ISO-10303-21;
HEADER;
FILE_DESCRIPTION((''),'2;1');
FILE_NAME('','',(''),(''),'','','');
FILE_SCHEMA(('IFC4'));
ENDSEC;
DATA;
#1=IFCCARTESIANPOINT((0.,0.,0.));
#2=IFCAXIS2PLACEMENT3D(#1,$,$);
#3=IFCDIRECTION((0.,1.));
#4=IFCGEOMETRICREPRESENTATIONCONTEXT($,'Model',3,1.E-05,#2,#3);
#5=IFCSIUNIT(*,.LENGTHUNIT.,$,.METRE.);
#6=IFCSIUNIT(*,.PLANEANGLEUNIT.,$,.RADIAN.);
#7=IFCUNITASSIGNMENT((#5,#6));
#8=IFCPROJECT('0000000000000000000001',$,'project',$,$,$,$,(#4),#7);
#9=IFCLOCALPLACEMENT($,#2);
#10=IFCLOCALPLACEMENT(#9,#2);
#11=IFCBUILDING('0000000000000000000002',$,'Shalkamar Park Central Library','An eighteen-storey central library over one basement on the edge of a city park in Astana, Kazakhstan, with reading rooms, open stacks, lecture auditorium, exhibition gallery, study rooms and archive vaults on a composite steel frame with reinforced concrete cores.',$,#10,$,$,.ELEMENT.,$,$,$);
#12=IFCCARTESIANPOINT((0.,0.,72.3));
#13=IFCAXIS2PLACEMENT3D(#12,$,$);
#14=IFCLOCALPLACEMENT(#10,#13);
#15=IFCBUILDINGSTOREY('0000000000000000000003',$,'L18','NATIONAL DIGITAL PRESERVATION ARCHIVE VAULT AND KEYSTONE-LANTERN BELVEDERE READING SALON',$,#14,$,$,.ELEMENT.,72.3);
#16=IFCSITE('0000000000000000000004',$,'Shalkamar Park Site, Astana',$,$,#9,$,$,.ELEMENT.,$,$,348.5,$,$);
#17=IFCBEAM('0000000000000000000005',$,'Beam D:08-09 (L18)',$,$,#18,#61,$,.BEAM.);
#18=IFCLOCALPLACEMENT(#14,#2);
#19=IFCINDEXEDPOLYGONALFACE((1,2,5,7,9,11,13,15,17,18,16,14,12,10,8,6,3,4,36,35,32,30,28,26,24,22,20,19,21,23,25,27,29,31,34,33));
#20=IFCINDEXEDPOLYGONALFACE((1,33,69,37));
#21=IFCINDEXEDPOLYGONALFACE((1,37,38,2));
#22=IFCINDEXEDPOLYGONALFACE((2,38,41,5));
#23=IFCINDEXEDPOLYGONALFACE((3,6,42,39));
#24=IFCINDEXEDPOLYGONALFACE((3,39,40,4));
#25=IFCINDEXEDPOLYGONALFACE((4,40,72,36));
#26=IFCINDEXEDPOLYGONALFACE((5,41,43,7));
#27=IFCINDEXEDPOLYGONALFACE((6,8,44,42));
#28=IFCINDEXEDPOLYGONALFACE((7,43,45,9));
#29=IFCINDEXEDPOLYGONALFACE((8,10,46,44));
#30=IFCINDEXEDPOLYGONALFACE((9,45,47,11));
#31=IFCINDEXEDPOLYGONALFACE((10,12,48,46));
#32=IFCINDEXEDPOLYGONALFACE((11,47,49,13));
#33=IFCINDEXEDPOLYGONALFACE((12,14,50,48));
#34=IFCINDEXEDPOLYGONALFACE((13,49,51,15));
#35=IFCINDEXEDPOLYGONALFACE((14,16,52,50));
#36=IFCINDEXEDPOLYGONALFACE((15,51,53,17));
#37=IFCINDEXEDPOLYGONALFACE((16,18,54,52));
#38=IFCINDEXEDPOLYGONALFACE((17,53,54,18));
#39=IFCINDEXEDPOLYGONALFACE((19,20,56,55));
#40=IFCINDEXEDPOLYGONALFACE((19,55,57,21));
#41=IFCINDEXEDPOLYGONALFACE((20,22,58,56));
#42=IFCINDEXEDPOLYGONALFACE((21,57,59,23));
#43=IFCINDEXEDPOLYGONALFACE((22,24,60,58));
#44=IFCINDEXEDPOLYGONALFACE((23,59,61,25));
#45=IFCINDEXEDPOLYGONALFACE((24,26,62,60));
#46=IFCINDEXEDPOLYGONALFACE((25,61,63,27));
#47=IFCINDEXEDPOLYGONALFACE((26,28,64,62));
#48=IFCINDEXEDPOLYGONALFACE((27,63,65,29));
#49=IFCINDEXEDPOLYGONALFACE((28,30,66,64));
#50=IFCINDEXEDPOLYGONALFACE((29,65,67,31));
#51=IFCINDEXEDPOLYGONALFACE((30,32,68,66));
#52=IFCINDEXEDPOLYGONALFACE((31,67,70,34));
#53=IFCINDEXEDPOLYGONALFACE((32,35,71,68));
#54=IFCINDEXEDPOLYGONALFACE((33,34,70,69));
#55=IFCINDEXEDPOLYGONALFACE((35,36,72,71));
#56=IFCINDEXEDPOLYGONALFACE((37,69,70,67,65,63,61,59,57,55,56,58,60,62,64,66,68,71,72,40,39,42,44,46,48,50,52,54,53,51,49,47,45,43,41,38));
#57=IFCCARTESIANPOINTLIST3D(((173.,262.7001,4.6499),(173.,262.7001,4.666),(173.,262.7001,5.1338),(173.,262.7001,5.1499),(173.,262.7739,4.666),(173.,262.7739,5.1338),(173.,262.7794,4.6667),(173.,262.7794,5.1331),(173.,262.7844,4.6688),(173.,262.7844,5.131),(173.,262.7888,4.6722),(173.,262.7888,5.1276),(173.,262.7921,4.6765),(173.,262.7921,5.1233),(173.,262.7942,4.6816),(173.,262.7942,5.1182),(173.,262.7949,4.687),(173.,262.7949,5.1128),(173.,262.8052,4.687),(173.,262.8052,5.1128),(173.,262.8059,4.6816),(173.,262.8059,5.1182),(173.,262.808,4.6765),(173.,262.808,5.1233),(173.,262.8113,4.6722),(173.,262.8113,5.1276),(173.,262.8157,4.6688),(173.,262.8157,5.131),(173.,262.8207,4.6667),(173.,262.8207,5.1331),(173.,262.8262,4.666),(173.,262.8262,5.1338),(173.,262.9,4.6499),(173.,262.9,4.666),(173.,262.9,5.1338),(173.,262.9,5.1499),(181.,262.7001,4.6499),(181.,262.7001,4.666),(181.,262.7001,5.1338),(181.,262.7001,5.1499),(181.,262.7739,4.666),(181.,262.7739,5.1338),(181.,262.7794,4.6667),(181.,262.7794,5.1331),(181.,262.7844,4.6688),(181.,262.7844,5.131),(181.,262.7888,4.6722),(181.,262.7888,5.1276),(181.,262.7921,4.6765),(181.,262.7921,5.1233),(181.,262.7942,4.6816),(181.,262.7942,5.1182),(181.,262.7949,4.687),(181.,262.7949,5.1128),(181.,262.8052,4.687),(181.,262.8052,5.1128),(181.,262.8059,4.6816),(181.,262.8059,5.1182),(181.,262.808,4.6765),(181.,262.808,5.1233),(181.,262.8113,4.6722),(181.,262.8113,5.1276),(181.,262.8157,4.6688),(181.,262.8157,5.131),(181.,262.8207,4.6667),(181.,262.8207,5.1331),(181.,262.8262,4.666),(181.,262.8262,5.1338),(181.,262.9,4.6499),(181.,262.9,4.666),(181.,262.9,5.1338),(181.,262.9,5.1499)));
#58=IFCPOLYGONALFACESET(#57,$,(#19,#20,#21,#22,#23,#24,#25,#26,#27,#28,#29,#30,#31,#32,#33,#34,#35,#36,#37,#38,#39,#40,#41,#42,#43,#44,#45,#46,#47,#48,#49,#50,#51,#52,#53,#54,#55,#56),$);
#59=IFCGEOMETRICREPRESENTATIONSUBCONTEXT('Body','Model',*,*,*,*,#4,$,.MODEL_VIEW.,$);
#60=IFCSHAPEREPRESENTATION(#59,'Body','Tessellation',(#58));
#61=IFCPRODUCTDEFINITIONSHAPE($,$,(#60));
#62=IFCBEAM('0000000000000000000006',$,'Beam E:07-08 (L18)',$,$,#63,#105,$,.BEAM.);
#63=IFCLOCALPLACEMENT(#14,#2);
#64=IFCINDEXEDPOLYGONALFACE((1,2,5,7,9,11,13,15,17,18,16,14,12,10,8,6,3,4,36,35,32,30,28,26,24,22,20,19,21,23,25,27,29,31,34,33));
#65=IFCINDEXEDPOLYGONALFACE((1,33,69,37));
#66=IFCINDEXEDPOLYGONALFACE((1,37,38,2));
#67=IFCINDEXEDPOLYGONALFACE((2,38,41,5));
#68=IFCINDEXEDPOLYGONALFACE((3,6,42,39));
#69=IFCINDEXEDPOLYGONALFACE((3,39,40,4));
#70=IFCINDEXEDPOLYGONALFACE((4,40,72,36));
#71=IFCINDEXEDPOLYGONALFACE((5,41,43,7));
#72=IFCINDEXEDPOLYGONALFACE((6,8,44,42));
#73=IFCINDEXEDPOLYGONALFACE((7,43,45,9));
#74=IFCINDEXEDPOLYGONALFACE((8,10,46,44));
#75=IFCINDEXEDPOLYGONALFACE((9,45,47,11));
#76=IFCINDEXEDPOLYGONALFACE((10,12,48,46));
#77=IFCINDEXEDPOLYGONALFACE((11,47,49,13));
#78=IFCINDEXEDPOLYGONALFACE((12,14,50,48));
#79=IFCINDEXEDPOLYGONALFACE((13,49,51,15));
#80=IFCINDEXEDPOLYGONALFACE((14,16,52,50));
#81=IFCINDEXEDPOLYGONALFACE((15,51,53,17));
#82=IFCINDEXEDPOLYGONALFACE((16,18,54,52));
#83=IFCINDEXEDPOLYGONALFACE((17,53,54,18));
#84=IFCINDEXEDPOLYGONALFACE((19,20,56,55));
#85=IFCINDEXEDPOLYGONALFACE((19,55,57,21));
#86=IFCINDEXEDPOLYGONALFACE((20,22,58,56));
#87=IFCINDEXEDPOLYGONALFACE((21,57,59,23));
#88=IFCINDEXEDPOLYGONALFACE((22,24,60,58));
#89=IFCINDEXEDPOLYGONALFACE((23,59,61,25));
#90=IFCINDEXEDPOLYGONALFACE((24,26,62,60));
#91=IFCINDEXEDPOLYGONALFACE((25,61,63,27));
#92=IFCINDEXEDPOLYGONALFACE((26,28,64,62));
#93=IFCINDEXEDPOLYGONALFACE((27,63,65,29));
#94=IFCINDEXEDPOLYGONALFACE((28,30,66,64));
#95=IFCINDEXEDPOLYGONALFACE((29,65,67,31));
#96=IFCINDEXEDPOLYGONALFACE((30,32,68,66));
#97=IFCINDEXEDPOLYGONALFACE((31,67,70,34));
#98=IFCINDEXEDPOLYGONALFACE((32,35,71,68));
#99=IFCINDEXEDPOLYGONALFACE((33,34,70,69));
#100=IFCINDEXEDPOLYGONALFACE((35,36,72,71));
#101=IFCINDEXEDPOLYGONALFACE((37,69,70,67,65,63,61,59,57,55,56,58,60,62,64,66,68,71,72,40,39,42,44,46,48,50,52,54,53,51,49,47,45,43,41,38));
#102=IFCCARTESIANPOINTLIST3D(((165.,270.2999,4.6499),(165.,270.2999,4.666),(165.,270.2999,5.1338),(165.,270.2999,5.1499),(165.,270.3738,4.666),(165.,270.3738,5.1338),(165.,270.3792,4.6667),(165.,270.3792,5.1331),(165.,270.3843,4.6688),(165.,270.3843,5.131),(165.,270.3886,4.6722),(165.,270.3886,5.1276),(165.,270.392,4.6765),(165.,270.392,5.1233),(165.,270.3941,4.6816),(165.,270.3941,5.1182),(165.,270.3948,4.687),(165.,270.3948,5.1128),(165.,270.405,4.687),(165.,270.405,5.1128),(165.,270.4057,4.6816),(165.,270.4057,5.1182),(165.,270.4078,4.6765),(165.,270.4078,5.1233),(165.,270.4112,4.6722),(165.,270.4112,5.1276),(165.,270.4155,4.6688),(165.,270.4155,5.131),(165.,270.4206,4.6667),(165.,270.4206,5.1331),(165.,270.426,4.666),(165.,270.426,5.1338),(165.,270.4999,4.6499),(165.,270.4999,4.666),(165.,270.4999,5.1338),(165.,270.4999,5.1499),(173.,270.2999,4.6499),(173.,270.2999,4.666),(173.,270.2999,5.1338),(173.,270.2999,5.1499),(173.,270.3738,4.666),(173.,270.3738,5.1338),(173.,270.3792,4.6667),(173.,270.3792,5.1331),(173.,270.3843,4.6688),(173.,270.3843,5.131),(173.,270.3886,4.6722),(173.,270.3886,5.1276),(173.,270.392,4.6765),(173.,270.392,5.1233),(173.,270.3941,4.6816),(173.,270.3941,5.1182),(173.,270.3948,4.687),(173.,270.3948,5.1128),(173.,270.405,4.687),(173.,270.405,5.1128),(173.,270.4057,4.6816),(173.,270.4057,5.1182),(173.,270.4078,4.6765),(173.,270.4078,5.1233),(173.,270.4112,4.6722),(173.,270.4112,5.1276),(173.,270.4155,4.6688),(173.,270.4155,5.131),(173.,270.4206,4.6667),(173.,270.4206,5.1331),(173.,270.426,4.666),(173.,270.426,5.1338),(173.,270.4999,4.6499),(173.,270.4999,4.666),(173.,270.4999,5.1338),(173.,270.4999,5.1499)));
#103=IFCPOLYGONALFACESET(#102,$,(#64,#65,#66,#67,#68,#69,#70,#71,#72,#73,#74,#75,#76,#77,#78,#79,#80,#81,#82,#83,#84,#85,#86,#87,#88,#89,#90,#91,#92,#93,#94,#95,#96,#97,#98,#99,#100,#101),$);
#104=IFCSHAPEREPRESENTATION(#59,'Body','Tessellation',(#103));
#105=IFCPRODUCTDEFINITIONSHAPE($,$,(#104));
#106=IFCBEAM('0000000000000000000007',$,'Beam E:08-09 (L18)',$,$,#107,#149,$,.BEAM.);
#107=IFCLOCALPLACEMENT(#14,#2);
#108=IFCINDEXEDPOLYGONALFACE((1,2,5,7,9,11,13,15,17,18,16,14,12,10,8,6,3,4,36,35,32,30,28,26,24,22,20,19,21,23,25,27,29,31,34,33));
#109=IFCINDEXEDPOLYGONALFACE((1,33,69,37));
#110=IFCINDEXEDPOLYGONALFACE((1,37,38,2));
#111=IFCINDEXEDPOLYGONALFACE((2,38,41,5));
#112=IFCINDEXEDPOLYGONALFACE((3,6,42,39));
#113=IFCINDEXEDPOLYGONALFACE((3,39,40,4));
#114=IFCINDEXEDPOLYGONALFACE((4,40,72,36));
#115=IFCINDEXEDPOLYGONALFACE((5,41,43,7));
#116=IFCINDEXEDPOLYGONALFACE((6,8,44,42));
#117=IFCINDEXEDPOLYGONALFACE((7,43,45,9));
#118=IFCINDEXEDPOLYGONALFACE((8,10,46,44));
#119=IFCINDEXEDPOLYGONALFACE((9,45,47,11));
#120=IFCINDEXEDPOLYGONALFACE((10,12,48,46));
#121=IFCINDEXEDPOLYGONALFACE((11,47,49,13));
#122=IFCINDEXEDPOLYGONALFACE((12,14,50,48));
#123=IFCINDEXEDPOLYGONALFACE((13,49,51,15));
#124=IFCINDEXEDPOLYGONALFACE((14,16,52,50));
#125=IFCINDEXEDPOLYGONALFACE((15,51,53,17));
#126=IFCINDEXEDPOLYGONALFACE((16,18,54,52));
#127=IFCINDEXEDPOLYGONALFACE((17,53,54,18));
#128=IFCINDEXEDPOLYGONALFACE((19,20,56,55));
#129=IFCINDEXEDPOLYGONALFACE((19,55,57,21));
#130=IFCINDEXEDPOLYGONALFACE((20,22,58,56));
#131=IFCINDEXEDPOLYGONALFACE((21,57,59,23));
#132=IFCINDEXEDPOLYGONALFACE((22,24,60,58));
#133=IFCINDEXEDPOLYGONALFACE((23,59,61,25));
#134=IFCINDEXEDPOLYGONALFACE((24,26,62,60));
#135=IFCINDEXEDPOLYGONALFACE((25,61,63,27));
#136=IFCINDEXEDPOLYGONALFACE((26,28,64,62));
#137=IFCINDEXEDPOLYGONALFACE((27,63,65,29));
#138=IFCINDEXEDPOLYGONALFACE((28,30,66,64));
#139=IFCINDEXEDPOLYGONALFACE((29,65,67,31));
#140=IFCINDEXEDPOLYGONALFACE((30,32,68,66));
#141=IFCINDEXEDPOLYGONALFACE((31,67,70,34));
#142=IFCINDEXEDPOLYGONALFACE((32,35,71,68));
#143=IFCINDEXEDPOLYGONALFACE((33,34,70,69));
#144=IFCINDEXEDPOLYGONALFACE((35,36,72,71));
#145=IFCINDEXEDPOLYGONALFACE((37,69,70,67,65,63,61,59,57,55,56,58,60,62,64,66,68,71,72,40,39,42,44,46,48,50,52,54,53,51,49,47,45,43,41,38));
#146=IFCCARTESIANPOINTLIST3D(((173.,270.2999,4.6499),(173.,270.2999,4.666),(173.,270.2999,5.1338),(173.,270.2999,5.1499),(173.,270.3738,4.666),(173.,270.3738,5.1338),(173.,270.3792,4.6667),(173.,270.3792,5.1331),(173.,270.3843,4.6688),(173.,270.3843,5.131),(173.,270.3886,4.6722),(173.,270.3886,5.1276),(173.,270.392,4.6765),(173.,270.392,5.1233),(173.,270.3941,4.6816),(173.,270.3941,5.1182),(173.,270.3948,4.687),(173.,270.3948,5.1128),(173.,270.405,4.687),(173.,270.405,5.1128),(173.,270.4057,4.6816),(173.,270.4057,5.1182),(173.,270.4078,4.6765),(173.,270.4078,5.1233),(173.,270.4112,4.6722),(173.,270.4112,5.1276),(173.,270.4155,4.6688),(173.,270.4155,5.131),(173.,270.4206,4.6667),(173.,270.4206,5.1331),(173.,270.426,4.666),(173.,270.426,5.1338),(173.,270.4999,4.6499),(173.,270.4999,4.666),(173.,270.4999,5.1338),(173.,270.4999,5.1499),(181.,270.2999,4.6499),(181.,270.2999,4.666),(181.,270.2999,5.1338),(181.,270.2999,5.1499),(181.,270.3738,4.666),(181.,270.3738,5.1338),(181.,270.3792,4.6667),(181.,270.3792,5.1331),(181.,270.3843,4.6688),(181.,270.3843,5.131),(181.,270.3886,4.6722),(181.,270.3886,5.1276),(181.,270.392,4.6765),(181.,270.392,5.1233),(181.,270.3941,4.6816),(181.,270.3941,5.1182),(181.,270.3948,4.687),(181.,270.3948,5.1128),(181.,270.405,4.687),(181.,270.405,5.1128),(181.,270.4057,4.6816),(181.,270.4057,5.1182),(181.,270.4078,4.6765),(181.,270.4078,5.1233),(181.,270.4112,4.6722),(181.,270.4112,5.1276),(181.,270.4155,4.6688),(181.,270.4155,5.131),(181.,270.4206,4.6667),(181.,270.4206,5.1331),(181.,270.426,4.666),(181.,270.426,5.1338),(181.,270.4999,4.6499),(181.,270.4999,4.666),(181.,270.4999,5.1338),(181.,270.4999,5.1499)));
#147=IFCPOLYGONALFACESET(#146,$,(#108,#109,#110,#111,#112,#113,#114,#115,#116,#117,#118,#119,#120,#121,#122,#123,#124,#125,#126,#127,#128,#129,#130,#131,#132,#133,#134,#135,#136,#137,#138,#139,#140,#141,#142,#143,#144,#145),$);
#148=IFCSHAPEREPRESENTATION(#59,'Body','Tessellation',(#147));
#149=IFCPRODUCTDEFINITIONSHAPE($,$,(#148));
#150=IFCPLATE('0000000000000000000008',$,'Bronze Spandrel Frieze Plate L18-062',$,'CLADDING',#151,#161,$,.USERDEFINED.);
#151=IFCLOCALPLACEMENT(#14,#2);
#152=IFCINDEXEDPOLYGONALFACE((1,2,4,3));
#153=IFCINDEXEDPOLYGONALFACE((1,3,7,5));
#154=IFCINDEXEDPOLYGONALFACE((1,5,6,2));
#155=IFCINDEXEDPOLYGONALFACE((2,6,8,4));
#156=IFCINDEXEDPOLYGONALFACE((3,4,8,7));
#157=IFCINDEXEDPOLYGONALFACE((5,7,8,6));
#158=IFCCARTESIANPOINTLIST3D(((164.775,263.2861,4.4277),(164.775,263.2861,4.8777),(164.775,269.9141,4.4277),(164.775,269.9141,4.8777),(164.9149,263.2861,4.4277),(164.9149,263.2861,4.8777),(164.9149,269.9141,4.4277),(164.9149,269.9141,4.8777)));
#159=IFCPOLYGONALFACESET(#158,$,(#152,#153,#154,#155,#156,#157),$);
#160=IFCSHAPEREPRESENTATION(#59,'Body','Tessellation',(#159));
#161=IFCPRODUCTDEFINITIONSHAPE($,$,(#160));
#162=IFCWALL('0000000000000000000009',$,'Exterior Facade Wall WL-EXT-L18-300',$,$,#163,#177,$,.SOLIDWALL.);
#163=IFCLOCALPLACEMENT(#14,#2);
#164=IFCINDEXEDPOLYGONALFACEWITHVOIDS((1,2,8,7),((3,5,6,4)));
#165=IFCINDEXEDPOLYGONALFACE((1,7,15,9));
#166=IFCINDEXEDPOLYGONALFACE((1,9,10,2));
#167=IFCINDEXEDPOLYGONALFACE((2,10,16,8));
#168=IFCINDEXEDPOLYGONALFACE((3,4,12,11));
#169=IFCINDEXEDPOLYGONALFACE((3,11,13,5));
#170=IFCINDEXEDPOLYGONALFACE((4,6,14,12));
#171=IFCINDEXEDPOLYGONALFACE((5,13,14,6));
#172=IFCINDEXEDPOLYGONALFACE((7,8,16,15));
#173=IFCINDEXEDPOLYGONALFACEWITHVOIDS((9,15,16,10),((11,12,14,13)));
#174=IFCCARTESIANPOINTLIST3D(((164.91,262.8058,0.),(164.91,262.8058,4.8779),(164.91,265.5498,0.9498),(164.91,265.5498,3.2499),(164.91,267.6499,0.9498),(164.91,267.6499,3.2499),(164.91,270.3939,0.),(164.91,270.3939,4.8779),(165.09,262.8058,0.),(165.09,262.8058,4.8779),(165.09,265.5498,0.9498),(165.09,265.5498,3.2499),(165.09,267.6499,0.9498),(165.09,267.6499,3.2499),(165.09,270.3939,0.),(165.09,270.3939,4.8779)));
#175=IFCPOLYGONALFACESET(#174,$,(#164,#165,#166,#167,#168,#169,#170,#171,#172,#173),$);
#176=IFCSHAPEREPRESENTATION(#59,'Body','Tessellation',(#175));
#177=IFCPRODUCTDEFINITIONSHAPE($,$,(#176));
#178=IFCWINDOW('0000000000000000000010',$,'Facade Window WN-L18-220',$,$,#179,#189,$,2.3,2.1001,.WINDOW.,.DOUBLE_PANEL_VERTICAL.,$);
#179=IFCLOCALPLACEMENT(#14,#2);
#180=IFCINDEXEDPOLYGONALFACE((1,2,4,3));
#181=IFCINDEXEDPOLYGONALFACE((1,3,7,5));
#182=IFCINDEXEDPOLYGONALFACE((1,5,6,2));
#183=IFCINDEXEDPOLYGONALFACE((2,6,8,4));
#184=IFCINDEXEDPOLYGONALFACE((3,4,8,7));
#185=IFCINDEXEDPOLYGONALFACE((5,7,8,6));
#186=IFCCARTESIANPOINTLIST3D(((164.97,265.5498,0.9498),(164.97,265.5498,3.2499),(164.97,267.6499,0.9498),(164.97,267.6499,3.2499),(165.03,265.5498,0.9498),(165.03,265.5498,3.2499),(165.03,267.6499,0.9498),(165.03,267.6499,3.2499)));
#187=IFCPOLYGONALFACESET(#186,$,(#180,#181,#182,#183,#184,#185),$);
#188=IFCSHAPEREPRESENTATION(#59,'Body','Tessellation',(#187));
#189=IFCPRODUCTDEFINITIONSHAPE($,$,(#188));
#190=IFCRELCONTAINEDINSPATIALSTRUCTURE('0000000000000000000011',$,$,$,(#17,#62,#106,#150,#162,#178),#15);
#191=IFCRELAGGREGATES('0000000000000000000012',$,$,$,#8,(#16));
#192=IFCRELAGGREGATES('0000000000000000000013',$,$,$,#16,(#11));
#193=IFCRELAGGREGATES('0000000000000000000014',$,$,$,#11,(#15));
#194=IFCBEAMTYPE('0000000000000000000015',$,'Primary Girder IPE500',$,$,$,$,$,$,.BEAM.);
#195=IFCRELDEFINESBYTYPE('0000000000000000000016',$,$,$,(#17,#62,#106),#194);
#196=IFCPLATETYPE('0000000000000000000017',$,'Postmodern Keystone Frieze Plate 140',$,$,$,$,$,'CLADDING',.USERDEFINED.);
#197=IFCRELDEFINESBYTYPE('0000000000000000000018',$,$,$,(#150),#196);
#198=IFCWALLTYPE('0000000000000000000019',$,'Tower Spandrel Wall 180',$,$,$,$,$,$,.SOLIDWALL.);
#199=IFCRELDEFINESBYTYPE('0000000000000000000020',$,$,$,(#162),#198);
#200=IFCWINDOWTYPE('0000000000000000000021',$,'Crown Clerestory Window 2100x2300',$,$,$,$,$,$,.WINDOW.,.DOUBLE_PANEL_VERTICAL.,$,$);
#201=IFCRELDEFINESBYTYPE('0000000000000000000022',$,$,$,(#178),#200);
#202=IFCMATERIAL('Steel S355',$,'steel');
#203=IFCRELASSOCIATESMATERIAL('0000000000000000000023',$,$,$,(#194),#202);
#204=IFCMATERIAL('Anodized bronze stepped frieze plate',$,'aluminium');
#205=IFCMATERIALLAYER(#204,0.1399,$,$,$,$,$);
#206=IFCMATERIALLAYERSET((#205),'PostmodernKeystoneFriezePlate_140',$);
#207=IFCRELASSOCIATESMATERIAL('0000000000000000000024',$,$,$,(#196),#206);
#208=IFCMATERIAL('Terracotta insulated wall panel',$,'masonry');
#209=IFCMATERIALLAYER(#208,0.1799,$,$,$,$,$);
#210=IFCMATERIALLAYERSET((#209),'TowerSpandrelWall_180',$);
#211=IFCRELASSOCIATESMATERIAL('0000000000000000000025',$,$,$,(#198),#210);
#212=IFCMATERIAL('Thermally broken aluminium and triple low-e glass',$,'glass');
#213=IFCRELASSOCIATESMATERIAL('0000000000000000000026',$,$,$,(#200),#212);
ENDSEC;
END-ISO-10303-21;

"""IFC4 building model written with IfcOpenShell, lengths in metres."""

from ifc_helpers import new_model, si_unit, direction, frame, frame_2d, origin, origin_2d, place, context, subcontext, project, spatial, rectangle, i_section, extrude, material, layer, layer_set, material_profile, profile_set, type_object, element, fill, save


model = new_model("IFC4")

# Units and contexts
model_context = context("Model", 3, precision=1e-05, world=origin(), true_north=direction((0.0, 1.0)))
body_context = subcontext(model_context, "Body", "Model", "MODEL_VIEW")
ifc_project = project(units=[si_unit("LENGTHUNIT", "METRE"), si_unit("PLANEANGLEUNIT", "RADIAN")], contexts=[model_context])

# Site, building, storey
site_placement = place(None, origin())
site = spatial("IfcSite", under=ifc_project, at=site_placement, Name="Shalkamar Park Site, Astana", CompositionType="ELEMENT", RefElevation=348.5)
building_placement = place(site_placement, origin())
building = spatial("IfcBuilding", under=site, at=building_placement, Name="Shalkamar Park Central Library", Description="An eighteen-storey central library over one basement on the edge of a city park in Astana, Kazakhstan, with reading rooms, open stacks, lecture auditorium, exhibition gallery, study rooms and archive vaults on a composite steel frame with reinforced concrete cores.", CompositionType="ELEMENT")
storey_placement = place(building_placement, frame((0.0, 0.0, 72.3)))
storey = spatial("IfcBuildingStorey", under=building, at=storey_placement, Name="L18", Description="NATIONAL DIGITAL PRESERVATION ARCHIVE VAULT AND KEYSTONE-LANTERN BELVEDERE READING SALON", CompositionType="ELEMENT", Elevation=72.3)

# Shared definitions
ifc_material_1 = material(Name="Steel S355", Category="steel")

# Beams
ifc_material_profile_1 = material_profile(ifc_material_1, i_section(OverallWidth=0.2, OverallDepth=0.5, WebThickness=0.0103, FlangeThickness=0.0161, FilletRadius=0.021, at=origin_2d()), Name="IPE 500")
ifc_profile_set_1 = profile_set([ifc_material_profile_1], Name="Steel S355")
beam_type_1 = type_object("IfcBeamType", Name="Primary Girder IPE500", PredefinedType="BEAM", material=ifc_profile_set_1)
for number, where, z_axis, x_axis, name in (
    (1, (173.0, 262.8, 4.8999), (1.0, 0.0, 0.0), (0.0, 1.0, 0.0), "Beam D:08-09 (L18)"),
    (2, (165.0, 270.3999, 4.8999), (1.0, 0.0, 0.0), (0.0, 1.0, 0.0), "Beam E:07-08 (L18)"),
    (3, (173.0, 270.3999, 4.8999), (1.0, 0.0, 0.0), (0.0, 1.0, 0.0), "Beam E:08-09 (L18)"),
):
    element("IfcBeam", number, at=place(storey_placement, frame(where, z_axis=z_axis, x_axis=x_axis)), inside=storey, type_object=beam_type_1, Name=name, PredefinedType="BEAM", context=body_context, shape_type="SweptSolid", body=[
        extrude(i_section(OverallWidth=0.2, OverallDepth=0.5, WebThickness=0.0103, FlangeThickness=0.0161, FilletRadius=0.021, at=origin_2d()), origin(), (0.0, 0.0, 1.0), 8.0),
    ])

# Plate
ifc_material_2 = material(Name="Anodized bronze stepped frieze plate", Category="aluminium")
ifc_layer_1 = layer(ifc_material_2, 0.1399)
ifc_layer_set_1 = layer_set([ifc_layer_1], Name="PostmodernKeystoneFriezePlate_140")
plate_type = type_object("IfcPlateType", Name="Postmodern Keystone Frieze Plate 140", ElementType="CLADDING", PredefinedType="USERDEFINED", material=ifc_layer_set_1)
plate_placement = place(storey_placement, frame((164.845, 266.6001, 4.4277), z_axis=(0.0, 0.0, 1.0), x_axis=(1.0, 0.0, 0.0)))
element("IfcPlate", 4, at=plate_placement, inside=storey, type_object=plate_type, Name="Bronze Spandrel Frieze Plate L18-062", ObjectType="CLADDING", PredefinedType="USERDEFINED", context=body_context, shape_type="SweptSolid", body=[
    extrude(rectangle(XDim=0.1399, YDim=6.6279, at=origin_2d()), origin(), (0.0, 0.0, 1.0), 0.45),
])

# Wall, opening, window
ifc_material_3 = material(Name="Terracotta insulated wall panel", Category="masonry")
ifc_layer_2 = layer(ifc_material_3, 0.1799)
ifc_layer_set_2 = layer_set([ifc_layer_2], Name="TowerSpandrelWall_180")
wall_type = type_object("IfcWallType", Name="Tower Spandrel Wall 180", PredefinedType="SOLIDWALL", material=ifc_layer_set_2)
wall_1_placement = place(storey_placement, frame((165.0, 262.8059, 0.0), z_axis=(0.0, 0.0, 1.0), x_axis=(0.0, 1.0, 0.0)))
wall_1 = element("IfcWall", 5, at=wall_1_placement, inside=storey, type_object=wall_type, Name="Exterior Facade Wall WL-EXT-L18-300", PredefinedType="SOLIDWALL", context=body_context, shape_type="SweptSolid", body=[
    extrude(rectangle(XDim=7.5881, YDim=0.1799, at=frame_2d((3.7939, 0.0))), origin(), (0.0, 0.0, 1.0), 4.8779),
])
opening_1_placement = place(wall_1_placement, frame((2.7439, 0.0, 0.95)))
opening_1 = element("IfcOpeningElement", 6, at=opening_1_placement, cuts=wall_1, PredefinedType="OPENING", context=body_context, shape_type="SweptSolid", body=[
    extrude(rectangle(XDim=2.1001, YDim=2.3, at=frame_2d((1.05, 1.1499))), frame((0.0, 0.105, 0.0), z_axis=(0.0, -1.0, 0.0), x_axis=(1.0, 0.0, 0.0)), (0.0, 0.0, 1.0), 0.2097),
])
ifc_material_4 = material(Name="Thermally broken aluminium and triple low-e glass", Category="glass")
window_type = type_object("IfcWindowType", Name="Crown Clerestory Window 2100x2300", PartitioningType="DOUBLE_PANEL_VERTICAL", PredefinedType="WINDOW", material=ifc_material_4)
window_1_placement = place(opening_1_placement, origin())
window_1 = element("IfcWindow", 7, at=window_1_placement, inside=storey, type_object=window_type, Name="Facade Window WN-L18-220", OverallHeight=2.3, OverallWidth=2.1001, PartitioningType="DOUBLE_PANEL_VERTICAL", PredefinedType="WINDOW", context=body_context, shape_type="SweptSolid", body=[
    extrude(rectangle(XDim=2.1001, YDim=2.3, at=frame_2d((1.05, 1.1499))), frame((0.0, 0.03, 0.0), z_axis=(0.0, -1.0, 0.0), x_axis=(1.0, 0.0, 0.0)), (0.0, 0.0, 1.0), 0.0601),
])
fill(opening_1, window_1)

save(model, "model.ifc")
